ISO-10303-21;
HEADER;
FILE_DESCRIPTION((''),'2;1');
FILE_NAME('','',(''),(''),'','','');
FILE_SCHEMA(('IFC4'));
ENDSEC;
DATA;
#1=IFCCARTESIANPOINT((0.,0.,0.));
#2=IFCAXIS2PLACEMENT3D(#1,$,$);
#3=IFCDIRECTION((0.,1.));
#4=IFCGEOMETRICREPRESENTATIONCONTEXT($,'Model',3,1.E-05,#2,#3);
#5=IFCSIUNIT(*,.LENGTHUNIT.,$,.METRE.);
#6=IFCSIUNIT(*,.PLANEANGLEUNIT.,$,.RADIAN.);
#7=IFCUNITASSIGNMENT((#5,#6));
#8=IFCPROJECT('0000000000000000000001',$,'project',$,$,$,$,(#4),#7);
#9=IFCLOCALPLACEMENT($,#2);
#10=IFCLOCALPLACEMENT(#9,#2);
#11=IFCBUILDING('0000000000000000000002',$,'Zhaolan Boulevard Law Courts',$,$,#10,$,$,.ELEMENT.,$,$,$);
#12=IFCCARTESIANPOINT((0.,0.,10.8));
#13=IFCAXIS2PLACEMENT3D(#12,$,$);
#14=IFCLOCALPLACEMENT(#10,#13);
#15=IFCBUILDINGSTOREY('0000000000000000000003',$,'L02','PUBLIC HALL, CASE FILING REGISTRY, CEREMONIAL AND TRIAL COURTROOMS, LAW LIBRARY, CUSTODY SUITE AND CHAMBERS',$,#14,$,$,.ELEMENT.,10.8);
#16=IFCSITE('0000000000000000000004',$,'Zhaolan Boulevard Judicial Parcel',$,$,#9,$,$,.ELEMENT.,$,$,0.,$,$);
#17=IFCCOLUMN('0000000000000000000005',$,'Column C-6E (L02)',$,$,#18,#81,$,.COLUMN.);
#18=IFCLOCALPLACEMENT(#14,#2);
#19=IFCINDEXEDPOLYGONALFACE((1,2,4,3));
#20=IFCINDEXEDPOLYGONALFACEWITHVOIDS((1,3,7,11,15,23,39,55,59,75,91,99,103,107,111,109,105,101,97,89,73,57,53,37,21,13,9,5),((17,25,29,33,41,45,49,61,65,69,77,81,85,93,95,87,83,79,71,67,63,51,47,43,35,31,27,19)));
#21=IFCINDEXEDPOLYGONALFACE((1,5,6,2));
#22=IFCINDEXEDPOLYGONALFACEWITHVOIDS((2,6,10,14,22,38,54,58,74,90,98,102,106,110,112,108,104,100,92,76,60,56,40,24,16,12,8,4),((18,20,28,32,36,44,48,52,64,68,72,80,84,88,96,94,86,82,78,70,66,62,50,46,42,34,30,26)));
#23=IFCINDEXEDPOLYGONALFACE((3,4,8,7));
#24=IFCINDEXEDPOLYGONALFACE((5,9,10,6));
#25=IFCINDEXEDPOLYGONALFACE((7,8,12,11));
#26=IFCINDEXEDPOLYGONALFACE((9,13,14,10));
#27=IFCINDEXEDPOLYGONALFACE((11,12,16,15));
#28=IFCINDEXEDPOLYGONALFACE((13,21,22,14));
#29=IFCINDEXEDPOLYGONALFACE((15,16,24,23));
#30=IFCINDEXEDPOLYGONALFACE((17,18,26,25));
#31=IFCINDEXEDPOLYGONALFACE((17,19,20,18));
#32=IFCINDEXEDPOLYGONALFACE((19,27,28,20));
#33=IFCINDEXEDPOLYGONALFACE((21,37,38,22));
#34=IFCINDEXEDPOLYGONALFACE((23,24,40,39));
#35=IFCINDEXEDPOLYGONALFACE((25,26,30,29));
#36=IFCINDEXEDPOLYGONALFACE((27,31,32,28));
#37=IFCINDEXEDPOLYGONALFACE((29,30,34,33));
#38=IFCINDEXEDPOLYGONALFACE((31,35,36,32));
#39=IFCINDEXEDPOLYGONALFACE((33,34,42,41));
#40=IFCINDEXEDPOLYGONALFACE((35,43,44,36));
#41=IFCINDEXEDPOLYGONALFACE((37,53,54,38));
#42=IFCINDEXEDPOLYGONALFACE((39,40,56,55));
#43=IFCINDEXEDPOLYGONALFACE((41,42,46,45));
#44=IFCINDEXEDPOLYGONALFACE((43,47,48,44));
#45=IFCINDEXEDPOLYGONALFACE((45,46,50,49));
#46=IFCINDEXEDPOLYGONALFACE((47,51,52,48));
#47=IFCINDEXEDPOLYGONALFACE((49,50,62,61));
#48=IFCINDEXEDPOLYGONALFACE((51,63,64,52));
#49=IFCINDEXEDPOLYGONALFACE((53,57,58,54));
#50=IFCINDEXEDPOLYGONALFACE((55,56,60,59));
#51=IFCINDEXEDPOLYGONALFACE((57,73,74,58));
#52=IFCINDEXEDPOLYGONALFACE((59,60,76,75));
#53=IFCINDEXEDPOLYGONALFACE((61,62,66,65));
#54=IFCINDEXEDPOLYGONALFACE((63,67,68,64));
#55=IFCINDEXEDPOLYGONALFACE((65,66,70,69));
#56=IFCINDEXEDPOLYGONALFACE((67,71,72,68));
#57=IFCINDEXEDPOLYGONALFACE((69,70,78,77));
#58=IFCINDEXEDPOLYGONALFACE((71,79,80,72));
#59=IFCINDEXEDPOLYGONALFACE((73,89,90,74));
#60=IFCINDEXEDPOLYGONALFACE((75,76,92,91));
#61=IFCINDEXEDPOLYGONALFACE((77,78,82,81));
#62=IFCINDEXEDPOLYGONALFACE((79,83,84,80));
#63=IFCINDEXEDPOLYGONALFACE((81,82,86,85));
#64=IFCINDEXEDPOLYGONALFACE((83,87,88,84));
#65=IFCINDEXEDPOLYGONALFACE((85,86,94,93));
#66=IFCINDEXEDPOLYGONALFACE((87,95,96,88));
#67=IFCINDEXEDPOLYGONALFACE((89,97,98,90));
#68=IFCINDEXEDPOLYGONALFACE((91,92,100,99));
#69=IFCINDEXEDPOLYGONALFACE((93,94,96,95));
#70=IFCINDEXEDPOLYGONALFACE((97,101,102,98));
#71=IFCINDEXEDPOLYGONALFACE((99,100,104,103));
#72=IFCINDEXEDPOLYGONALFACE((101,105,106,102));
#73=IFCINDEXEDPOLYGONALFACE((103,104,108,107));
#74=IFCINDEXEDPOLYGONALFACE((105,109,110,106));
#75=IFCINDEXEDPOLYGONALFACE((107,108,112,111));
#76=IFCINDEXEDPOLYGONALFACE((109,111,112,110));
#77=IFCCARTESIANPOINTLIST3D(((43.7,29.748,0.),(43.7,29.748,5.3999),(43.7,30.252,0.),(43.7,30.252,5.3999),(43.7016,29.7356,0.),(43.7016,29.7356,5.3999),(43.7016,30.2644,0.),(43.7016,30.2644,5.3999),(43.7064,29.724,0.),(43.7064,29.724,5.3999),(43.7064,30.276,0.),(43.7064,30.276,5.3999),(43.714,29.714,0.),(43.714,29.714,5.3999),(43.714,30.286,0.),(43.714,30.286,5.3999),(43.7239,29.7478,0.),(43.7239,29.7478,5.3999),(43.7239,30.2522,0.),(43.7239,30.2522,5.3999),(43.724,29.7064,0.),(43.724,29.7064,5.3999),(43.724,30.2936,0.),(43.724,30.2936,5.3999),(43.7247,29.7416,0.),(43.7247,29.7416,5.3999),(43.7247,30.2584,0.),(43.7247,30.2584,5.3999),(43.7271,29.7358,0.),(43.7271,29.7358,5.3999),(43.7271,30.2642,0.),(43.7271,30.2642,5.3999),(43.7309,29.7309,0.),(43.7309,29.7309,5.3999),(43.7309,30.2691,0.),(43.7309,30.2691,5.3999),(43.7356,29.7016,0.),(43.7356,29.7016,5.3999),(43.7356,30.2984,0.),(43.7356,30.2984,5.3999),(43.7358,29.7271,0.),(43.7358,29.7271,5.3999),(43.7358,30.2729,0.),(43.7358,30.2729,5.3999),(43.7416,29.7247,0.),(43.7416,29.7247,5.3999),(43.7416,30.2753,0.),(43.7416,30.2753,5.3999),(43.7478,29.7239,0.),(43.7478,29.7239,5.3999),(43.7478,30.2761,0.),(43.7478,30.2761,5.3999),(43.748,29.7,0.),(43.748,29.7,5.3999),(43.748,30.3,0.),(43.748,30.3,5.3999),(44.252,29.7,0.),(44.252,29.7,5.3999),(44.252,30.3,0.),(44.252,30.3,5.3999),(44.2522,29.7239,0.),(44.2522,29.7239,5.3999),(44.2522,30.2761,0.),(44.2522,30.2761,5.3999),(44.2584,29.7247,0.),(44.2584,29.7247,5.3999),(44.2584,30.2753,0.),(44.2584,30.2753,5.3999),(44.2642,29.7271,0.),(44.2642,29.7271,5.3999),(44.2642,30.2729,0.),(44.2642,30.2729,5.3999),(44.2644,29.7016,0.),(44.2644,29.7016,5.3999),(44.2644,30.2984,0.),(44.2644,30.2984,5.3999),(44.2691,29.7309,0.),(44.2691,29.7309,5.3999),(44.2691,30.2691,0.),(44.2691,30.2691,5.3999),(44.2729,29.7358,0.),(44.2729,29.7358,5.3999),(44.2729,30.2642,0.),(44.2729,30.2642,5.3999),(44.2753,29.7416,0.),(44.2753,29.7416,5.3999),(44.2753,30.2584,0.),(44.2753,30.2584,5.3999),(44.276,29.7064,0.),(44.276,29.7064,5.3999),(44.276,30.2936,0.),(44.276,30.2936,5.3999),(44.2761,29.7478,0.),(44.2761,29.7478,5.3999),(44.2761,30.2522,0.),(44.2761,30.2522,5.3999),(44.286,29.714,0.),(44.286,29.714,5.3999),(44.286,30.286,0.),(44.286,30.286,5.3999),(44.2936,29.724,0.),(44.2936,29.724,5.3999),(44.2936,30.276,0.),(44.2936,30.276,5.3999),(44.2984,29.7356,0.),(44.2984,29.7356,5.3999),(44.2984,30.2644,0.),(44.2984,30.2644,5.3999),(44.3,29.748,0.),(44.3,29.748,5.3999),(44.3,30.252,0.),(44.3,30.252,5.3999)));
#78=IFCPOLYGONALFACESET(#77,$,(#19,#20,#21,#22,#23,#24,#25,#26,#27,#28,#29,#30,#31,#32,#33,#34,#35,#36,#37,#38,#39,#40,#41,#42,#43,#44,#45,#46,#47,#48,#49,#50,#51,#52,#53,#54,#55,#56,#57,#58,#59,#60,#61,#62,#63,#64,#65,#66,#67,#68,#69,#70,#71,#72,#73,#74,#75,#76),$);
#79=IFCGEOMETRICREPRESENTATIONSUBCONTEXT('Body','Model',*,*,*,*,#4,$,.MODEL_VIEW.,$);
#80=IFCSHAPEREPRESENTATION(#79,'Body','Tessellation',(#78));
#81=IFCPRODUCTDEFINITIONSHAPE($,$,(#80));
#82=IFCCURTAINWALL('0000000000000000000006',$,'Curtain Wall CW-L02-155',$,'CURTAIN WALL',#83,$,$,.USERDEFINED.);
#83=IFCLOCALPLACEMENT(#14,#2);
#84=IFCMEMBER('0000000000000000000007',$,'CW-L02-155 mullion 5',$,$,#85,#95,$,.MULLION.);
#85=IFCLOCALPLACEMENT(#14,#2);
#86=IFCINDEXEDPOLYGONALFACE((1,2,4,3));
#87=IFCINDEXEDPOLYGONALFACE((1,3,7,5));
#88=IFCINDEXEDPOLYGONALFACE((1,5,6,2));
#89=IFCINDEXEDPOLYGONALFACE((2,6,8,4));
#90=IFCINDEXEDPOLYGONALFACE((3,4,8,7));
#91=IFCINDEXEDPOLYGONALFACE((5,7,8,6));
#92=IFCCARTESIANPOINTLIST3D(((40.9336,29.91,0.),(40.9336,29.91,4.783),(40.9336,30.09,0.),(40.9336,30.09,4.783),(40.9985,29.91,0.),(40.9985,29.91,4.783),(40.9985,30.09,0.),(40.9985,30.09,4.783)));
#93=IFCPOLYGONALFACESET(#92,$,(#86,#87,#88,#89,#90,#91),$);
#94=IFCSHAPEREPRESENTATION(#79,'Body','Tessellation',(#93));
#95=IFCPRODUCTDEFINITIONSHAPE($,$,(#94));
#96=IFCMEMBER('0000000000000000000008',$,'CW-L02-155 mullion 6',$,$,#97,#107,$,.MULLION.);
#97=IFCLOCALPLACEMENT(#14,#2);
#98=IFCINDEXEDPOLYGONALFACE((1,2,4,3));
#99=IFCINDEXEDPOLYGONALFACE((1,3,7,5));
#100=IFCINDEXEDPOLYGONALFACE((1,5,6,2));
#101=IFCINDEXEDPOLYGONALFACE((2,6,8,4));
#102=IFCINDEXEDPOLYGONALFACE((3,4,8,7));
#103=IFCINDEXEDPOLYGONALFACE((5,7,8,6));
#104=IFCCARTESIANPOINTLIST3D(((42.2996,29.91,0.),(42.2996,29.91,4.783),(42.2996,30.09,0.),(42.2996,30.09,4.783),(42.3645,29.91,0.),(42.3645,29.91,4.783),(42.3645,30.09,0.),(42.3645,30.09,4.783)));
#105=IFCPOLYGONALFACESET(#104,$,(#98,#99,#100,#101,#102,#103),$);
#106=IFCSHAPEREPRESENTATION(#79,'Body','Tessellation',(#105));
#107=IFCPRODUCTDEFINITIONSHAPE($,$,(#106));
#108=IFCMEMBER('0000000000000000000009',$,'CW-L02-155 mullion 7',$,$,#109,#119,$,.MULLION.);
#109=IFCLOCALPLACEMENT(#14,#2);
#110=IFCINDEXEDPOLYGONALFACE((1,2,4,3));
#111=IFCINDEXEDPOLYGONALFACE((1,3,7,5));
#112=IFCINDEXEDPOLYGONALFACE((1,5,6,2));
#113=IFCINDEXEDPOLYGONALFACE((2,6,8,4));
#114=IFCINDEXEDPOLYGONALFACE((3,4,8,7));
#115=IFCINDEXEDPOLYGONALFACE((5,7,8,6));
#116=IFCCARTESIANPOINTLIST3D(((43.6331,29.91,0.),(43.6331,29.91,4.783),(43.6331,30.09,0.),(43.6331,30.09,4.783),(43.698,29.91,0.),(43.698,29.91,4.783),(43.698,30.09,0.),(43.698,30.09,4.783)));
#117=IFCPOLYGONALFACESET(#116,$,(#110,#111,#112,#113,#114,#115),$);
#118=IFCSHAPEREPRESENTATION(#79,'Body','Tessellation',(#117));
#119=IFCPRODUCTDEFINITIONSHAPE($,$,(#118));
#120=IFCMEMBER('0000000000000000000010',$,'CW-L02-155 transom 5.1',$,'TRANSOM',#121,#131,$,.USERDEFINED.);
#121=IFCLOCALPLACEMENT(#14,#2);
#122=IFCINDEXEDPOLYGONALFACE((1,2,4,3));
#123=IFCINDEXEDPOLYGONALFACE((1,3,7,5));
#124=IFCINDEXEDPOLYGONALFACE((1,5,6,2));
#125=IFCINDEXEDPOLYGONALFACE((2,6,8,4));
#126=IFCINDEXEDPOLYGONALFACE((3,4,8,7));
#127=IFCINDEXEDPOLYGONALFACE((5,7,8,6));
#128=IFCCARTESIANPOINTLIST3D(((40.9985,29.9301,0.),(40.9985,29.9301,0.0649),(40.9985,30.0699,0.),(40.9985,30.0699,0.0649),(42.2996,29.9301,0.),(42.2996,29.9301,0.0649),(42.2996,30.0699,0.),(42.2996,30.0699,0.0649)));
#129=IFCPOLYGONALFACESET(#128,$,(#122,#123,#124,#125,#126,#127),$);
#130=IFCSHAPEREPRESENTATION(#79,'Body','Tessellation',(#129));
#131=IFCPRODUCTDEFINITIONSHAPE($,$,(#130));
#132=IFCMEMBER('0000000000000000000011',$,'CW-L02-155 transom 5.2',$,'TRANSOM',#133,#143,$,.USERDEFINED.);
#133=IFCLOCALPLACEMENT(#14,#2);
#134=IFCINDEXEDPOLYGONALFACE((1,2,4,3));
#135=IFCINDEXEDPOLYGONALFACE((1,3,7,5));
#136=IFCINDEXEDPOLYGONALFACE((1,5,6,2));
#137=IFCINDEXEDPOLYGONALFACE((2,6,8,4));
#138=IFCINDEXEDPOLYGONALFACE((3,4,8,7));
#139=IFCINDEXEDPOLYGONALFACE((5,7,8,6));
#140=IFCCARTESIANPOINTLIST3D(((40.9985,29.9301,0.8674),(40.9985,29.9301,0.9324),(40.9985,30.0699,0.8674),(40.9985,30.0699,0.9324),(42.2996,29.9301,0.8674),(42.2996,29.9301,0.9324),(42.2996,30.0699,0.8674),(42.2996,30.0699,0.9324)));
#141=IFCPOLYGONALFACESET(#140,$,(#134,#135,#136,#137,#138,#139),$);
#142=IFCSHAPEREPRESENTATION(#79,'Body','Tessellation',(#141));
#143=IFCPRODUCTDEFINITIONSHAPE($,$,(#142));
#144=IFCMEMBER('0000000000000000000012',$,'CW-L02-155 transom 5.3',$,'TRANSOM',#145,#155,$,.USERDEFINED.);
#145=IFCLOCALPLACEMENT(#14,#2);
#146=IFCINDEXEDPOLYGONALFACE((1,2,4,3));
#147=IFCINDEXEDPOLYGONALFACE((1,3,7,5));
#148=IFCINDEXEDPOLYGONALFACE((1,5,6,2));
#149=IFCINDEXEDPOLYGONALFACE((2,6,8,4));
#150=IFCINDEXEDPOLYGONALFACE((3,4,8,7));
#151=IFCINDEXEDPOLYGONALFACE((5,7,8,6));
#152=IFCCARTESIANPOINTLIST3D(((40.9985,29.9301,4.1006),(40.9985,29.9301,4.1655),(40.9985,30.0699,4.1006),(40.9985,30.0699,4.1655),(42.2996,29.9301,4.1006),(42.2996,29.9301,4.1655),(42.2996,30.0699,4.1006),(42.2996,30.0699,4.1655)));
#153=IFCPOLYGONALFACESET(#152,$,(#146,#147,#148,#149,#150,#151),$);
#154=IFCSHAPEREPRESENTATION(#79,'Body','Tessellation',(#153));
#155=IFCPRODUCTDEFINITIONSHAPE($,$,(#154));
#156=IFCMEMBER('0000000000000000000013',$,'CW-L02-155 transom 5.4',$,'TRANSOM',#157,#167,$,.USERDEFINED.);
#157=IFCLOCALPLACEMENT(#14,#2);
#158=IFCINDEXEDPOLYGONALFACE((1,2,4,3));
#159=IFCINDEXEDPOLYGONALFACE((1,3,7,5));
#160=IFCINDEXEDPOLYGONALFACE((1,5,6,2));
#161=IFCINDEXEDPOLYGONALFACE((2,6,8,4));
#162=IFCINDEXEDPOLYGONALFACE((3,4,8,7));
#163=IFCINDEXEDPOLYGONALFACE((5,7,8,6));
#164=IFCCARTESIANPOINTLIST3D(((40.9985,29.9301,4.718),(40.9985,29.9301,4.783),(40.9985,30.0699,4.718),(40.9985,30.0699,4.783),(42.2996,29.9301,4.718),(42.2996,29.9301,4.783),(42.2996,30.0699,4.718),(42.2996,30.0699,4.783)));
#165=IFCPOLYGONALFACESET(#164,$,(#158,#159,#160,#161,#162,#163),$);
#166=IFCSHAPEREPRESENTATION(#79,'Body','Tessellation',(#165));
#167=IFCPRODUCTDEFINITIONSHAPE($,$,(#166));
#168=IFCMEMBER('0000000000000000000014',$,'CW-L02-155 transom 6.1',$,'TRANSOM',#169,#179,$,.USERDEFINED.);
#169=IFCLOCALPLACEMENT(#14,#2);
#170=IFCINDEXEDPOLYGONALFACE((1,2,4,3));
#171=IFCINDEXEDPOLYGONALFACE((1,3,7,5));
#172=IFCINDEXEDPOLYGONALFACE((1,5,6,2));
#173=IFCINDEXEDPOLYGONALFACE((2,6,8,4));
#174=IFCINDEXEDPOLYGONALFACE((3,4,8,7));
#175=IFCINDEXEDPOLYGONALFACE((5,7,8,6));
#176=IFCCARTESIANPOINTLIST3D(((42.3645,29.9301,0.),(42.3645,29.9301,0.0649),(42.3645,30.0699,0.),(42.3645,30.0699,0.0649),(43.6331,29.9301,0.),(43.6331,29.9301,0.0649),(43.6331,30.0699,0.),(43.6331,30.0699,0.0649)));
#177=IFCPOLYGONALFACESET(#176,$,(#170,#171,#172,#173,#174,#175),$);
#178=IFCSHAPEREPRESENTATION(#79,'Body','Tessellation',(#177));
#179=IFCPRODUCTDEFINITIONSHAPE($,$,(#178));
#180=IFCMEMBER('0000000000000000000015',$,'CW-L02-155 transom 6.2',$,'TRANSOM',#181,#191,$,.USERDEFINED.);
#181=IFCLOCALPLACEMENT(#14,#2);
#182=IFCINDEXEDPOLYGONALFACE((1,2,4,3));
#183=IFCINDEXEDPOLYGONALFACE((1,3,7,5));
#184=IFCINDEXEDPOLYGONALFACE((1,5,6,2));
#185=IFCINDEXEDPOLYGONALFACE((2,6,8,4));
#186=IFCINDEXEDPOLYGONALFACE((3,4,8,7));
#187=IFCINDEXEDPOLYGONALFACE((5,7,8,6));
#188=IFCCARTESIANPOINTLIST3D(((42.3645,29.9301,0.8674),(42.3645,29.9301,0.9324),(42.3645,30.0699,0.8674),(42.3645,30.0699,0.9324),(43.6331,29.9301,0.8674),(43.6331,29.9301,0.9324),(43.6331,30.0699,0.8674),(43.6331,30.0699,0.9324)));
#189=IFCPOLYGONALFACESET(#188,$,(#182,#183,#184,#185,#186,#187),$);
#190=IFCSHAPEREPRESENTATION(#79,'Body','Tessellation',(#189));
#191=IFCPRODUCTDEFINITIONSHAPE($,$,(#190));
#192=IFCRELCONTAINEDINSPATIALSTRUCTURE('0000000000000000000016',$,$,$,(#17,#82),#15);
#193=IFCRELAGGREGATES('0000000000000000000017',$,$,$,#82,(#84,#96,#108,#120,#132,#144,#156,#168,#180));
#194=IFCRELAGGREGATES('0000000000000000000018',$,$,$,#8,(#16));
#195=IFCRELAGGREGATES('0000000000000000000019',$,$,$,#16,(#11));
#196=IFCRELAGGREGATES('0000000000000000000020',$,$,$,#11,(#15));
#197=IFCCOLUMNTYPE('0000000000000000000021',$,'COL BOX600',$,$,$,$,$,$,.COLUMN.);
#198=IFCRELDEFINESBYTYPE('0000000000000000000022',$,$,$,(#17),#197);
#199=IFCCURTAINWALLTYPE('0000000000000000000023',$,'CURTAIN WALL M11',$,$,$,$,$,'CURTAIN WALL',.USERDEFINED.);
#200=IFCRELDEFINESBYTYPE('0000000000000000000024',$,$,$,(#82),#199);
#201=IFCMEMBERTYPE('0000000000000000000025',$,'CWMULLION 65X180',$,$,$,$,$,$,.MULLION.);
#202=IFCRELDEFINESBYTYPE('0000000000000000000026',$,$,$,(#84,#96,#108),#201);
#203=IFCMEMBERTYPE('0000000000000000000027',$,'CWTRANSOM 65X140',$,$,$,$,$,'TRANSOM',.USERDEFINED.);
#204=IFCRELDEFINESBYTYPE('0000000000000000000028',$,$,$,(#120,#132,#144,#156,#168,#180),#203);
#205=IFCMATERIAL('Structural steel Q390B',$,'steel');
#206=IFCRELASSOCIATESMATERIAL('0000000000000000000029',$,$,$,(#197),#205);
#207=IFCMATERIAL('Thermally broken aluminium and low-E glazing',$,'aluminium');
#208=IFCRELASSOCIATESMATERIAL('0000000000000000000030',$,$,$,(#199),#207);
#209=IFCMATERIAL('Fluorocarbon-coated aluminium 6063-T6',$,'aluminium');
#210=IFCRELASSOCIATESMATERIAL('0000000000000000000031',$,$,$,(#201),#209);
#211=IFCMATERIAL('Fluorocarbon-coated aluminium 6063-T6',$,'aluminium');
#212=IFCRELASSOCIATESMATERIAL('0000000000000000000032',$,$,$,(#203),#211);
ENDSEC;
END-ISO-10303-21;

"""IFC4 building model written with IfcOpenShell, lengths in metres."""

from ifc_helpers import new_model, si_unit, direction, frame, origin, origin_2d, place, context, subcontext, project, spatial, rectangle, hollow_rectangle, extrude, material, material_profile, profile_set, type_object, element, aggregate, save


model = new_model("IFC4")

# Units and contexts
model_context = context("Model", 3, precision=1e-05, world=origin(), true_north=direction((0.0, 1.0)))
body_context = subcontext(model_context, "Body", "Model", "MODEL_VIEW")
ifc_project = project(units=[si_unit("LENGTHUNIT", "METRE"), si_unit("PLANEANGLEUNIT", "RADIAN")], contexts=[model_context])

# Site, building, storey
site_placement = place(None, origin())
site = spatial("IfcSite", under=ifc_project, at=site_placement, Name="Zhaolan Boulevard Judicial Parcel", CompositionType="ELEMENT", RefElevation=0.0)
building_placement = place(site_placement, origin())
building = spatial("IfcBuilding", under=site, at=building_placement, Name="Zhaolan Boulevard Law Courts", CompositionType="ELEMENT")
storey_placement = place(building_placement, frame((0.0, 0.0, 10.8)))
storey = spatial("IfcBuildingStorey", under=building, at=storey_placement, Name="L02", Description="PUBLIC HALL, CASE FILING REGISTRY, CEREMONIAL AND TRIAL COURTROOMS, LAW LIBRARY, CUSTODY SUITE AND CHAMBERS", CompositionType="ELEMENT", Elevation=10.8)

# Column
ifc_material_1 = material(Name="Structural steel Q390B", Category="steel")
ifc_material_profile_1 = material_profile(ifc_material_1, hollow_rectangle(XDim=0.6001, YDim=0.6001, WallThickness=0.0239, InnerFilletRadius=0.0239, OuterFilletRadius=0.0481, at=origin_2d()), Name="BOX600x600x24")
ifc_profile_set_1 = profile_set([ifc_material_profile_1], Name="Structural steel Q390B")
column_type = type_object("IfcColumnType", Name="COL BOX600", PredefinedType="COLUMN", material=ifc_profile_set_1)
column_placement = place(storey_placement, frame((44.0, 30.0, 0.0), z_axis=(0.0, 0.0, 1.0), x_axis=(1.0, 0.0, 0.0)))
element("IfcColumn", 1, at=column_placement, inside=storey, type_object=column_type, Name="Column C-6E (L02)", PredefinedType="COLUMN", context=body_context, shape_type="SweptSolid", body=[
    extrude(hollow_rectangle(XDim=0.6001, YDim=0.6001, WallThickness=0.0239, InnerFilletRadius=0.0239, OuterFilletRadius=0.0481, at=origin_2d()), origin(), (0.0, 0.0, 1.0), 5.3999),
])

# Curtain wall, members
ifc_material_2 = material(Name="Thermally broken aluminium and low-E glazing", Category="aluminium")
curtain_wall_type = type_object("IfcCurtainWallType", Name="CURTAIN WALL M11", ElementType="CURTAIN WALL", PredefinedType="USERDEFINED", material=ifc_material_2)
curtain_wall_placement = place(storey_placement, origin())
curtain_wall = element("IfcCurtainWall", 2, at=curtain_wall_placement, inside=storey, type_object=curtain_wall_type, Name="Curtain Wall CW-L02-155", ObjectType="CURTAIN WALL", PredefinedType="USERDEFINED")
ifc_material_3 = material(Name="Fluorocarbon-coated aluminium 6063-T6", Category="aluminium")
ifc_material_profile_2 = material_profile(ifc_material_3, rectangle(XDim=0.1799, YDim=0.0649, at=origin_2d()), Name="AL65x180")
ifc_profile_set_2 = profile_set([ifc_material_profile_2], Name="Fluorocarbon-coated aluminium 6063-T6")
member_type_1 = type_object("IfcMemberType", Name="CWMULLION 65X180", PredefinedType="MULLION", material=ifc_profile_set_2)
member_1_placement = place(storey_placement, frame((40.9661, 30.0, 0.0), z_axis=(0.0, 0.0, 1.0), x_axis=(0.0, 1.0, 0.0)))
member_1 = element("IfcMember", 3, at=member_1_placement, type_object=member_type_1, Name="CW-L02-155 mullion 5", PredefinedType="MULLION", context=body_context, shape_type="SweptSolid", body=[
    extrude(rectangle(XDim=0.1799, YDim=0.0649, at=origin_2d()), origin(), (0.0, 0.0, 1.0), 4.783),
])
member_2_placement = place(storey_placement, frame((42.332, 30.0, 0.0), z_axis=(0.0, 0.0, 1.0), x_axis=(0.0, 1.0, 0.0)))
member_2 = element("IfcMember", 4, at=member_2_placement, type_object=member_type_1, Name="CW-L02-155 mullion 6", PredefinedType="MULLION", context=body_context, shape_type="SweptSolid", body=[
    extrude(rectangle(XDim=0.1799, YDim=0.0649, at=origin_2d()), origin(), (0.0, 0.0, 1.0), 4.783),
])
member_3_placement = place(storey_placement, frame((43.6655, 30.0, 0.0), z_axis=(0.0, 0.0, 1.0), x_axis=(0.0, 1.0, 0.0)))
member_3 = element("IfcMember", 5, at=member_3_placement, type_object=member_type_1, Name="CW-L02-155 mullion 7", PredefinedType="MULLION", context=body_context, shape_type="SweptSolid", body=[
    extrude(rectangle(XDim=0.1799, YDim=0.0649, at=origin_2d()), origin(), (0.0, 0.0, 1.0), 4.783),
])
ifc_material_4 = material(Name="Fluorocarbon-coated aluminium 6063-T6", Category="aluminium")
ifc_material_profile_3 = material_profile(ifc_material_4, rectangle(XDim=0.1399, YDim=0.0649, at=origin_2d()), Name="AL65x140")
ifc_profile_set_3 = profile_set([ifc_material_profile_3], Name="Fluorocarbon-coated aluminium 6063-T6")
member_type_2 = type_object("IfcMemberType", Name="CWTRANSOM 65X140", ElementType="TRANSOM", PredefinedType="USERDEFINED", material=ifc_profile_set_3)
member_4_placement = place(storey_placement, frame((40.9985, 30.0, 0.0325), z_axis=(1.0, 0.0, 0.0), x_axis=(0.0, 1.0, 0.0)))
member_4 = element("IfcMember", 6, at=member_4_placement, type_object=member_type_2, Name="CW-L02-155 transom 5.1", ObjectType="TRANSOM", PredefinedType="USERDEFINED", context=body_context, shape_type="SweptSolid", body=[
    extrude(rectangle(XDim=0.1399, YDim=0.0649, at=origin_2d()), origin(), (0.0, 0.0, 1.0), 1.301),
])
member_5_placement = place(storey_placement, frame((40.9985, 30.0, 0.8999), z_axis=(1.0, 0.0, 0.0), x_axis=(0.0, 1.0, 0.0)))
member_5 = element("IfcMember", 7, at=member_5_placement, type_object=member_type_2, Name="CW-L02-155 transom 5.2", ObjectType="TRANSOM", PredefinedType="USERDEFINED", context=body_context, shape_type="SweptSolid", body=[
    extrude(rectangle(XDim=0.1399, YDim=0.0649, at=origin_2d()), origin(), (0.0, 0.0, 1.0), 1.301),
])
member_6_placement = place(storey_placement, frame((40.9985, 30.0, 4.1331), z_axis=(1.0, 0.0, 0.0), x_axis=(0.0, 1.0, 0.0)))
member_6 = element("IfcMember", 8, at=member_6_placement, type_object=member_type_2, Name="CW-L02-155 transom 5.3", ObjectType="TRANSOM", PredefinedType="USERDEFINED", context=body_context, shape_type="SweptSolid", body=[
    extrude(rectangle(XDim=0.1399, YDim=0.0649, at=origin_2d()), origin(), (0.0, 0.0, 1.0), 1.301),
])
member_7_placement = place(storey_placement, frame((40.9985, 30.0, 4.7505), z_axis=(1.0, 0.0, 0.0), x_axis=(0.0, 1.0, 0.0)))
member_7 = element("IfcMember", 9, at=member_7_placement, type_object=member_type_2, Name="CW-L02-155 transom 5.4", ObjectType="TRANSOM", PredefinedType="USERDEFINED", context=body_context, shape_type="SweptSolid", body=[
    extrude(rectangle(XDim=0.1399, YDim=0.0649, at=origin_2d()), origin(), (0.0, 0.0, 1.0), 1.301),
])
member_8_placement = place(storey_placement, frame((42.3645, 30.0, 0.0325), z_axis=(1.0, 0.0, 0.0), x_axis=(0.0, 1.0, 0.0)))
member_8 = element("IfcMember", 10, at=member_8_placement, type_object=member_type_2, Name="CW-L02-155 transom 6.1", ObjectType="TRANSOM", PredefinedType="USERDEFINED", context=body_context, shape_type="SweptSolid", body=[
    extrude(rectangle(XDim=0.1399, YDim=0.0649, at=origin_2d()), origin(), (0.0, 0.0, 1.0), 1.2686),
])
member_9_placement = place(storey_placement, frame((42.3645, 30.0, 0.8999), z_axis=(1.0, 0.0, 0.0), x_axis=(0.0, 1.0, 0.0)))
member_9 = element("IfcMember", 11, at=member_9_placement, type_object=member_type_2, Name="CW-L02-155 transom 6.2", ObjectType="TRANSOM", PredefinedType="USERDEFINED", context=body_context, shape_type="SweptSolid", body=[
    extrude(rectangle(XDim=0.1399, YDim=0.0649, at=origin_2d()), origin(), (0.0, 0.0, 1.0), 1.2686),
])

aggregate(curtain_wall, [member_1, member_2, member_3, member_4, member_5, member_6, member_7, member_8, member_9])

save(model, "model.ifc")
